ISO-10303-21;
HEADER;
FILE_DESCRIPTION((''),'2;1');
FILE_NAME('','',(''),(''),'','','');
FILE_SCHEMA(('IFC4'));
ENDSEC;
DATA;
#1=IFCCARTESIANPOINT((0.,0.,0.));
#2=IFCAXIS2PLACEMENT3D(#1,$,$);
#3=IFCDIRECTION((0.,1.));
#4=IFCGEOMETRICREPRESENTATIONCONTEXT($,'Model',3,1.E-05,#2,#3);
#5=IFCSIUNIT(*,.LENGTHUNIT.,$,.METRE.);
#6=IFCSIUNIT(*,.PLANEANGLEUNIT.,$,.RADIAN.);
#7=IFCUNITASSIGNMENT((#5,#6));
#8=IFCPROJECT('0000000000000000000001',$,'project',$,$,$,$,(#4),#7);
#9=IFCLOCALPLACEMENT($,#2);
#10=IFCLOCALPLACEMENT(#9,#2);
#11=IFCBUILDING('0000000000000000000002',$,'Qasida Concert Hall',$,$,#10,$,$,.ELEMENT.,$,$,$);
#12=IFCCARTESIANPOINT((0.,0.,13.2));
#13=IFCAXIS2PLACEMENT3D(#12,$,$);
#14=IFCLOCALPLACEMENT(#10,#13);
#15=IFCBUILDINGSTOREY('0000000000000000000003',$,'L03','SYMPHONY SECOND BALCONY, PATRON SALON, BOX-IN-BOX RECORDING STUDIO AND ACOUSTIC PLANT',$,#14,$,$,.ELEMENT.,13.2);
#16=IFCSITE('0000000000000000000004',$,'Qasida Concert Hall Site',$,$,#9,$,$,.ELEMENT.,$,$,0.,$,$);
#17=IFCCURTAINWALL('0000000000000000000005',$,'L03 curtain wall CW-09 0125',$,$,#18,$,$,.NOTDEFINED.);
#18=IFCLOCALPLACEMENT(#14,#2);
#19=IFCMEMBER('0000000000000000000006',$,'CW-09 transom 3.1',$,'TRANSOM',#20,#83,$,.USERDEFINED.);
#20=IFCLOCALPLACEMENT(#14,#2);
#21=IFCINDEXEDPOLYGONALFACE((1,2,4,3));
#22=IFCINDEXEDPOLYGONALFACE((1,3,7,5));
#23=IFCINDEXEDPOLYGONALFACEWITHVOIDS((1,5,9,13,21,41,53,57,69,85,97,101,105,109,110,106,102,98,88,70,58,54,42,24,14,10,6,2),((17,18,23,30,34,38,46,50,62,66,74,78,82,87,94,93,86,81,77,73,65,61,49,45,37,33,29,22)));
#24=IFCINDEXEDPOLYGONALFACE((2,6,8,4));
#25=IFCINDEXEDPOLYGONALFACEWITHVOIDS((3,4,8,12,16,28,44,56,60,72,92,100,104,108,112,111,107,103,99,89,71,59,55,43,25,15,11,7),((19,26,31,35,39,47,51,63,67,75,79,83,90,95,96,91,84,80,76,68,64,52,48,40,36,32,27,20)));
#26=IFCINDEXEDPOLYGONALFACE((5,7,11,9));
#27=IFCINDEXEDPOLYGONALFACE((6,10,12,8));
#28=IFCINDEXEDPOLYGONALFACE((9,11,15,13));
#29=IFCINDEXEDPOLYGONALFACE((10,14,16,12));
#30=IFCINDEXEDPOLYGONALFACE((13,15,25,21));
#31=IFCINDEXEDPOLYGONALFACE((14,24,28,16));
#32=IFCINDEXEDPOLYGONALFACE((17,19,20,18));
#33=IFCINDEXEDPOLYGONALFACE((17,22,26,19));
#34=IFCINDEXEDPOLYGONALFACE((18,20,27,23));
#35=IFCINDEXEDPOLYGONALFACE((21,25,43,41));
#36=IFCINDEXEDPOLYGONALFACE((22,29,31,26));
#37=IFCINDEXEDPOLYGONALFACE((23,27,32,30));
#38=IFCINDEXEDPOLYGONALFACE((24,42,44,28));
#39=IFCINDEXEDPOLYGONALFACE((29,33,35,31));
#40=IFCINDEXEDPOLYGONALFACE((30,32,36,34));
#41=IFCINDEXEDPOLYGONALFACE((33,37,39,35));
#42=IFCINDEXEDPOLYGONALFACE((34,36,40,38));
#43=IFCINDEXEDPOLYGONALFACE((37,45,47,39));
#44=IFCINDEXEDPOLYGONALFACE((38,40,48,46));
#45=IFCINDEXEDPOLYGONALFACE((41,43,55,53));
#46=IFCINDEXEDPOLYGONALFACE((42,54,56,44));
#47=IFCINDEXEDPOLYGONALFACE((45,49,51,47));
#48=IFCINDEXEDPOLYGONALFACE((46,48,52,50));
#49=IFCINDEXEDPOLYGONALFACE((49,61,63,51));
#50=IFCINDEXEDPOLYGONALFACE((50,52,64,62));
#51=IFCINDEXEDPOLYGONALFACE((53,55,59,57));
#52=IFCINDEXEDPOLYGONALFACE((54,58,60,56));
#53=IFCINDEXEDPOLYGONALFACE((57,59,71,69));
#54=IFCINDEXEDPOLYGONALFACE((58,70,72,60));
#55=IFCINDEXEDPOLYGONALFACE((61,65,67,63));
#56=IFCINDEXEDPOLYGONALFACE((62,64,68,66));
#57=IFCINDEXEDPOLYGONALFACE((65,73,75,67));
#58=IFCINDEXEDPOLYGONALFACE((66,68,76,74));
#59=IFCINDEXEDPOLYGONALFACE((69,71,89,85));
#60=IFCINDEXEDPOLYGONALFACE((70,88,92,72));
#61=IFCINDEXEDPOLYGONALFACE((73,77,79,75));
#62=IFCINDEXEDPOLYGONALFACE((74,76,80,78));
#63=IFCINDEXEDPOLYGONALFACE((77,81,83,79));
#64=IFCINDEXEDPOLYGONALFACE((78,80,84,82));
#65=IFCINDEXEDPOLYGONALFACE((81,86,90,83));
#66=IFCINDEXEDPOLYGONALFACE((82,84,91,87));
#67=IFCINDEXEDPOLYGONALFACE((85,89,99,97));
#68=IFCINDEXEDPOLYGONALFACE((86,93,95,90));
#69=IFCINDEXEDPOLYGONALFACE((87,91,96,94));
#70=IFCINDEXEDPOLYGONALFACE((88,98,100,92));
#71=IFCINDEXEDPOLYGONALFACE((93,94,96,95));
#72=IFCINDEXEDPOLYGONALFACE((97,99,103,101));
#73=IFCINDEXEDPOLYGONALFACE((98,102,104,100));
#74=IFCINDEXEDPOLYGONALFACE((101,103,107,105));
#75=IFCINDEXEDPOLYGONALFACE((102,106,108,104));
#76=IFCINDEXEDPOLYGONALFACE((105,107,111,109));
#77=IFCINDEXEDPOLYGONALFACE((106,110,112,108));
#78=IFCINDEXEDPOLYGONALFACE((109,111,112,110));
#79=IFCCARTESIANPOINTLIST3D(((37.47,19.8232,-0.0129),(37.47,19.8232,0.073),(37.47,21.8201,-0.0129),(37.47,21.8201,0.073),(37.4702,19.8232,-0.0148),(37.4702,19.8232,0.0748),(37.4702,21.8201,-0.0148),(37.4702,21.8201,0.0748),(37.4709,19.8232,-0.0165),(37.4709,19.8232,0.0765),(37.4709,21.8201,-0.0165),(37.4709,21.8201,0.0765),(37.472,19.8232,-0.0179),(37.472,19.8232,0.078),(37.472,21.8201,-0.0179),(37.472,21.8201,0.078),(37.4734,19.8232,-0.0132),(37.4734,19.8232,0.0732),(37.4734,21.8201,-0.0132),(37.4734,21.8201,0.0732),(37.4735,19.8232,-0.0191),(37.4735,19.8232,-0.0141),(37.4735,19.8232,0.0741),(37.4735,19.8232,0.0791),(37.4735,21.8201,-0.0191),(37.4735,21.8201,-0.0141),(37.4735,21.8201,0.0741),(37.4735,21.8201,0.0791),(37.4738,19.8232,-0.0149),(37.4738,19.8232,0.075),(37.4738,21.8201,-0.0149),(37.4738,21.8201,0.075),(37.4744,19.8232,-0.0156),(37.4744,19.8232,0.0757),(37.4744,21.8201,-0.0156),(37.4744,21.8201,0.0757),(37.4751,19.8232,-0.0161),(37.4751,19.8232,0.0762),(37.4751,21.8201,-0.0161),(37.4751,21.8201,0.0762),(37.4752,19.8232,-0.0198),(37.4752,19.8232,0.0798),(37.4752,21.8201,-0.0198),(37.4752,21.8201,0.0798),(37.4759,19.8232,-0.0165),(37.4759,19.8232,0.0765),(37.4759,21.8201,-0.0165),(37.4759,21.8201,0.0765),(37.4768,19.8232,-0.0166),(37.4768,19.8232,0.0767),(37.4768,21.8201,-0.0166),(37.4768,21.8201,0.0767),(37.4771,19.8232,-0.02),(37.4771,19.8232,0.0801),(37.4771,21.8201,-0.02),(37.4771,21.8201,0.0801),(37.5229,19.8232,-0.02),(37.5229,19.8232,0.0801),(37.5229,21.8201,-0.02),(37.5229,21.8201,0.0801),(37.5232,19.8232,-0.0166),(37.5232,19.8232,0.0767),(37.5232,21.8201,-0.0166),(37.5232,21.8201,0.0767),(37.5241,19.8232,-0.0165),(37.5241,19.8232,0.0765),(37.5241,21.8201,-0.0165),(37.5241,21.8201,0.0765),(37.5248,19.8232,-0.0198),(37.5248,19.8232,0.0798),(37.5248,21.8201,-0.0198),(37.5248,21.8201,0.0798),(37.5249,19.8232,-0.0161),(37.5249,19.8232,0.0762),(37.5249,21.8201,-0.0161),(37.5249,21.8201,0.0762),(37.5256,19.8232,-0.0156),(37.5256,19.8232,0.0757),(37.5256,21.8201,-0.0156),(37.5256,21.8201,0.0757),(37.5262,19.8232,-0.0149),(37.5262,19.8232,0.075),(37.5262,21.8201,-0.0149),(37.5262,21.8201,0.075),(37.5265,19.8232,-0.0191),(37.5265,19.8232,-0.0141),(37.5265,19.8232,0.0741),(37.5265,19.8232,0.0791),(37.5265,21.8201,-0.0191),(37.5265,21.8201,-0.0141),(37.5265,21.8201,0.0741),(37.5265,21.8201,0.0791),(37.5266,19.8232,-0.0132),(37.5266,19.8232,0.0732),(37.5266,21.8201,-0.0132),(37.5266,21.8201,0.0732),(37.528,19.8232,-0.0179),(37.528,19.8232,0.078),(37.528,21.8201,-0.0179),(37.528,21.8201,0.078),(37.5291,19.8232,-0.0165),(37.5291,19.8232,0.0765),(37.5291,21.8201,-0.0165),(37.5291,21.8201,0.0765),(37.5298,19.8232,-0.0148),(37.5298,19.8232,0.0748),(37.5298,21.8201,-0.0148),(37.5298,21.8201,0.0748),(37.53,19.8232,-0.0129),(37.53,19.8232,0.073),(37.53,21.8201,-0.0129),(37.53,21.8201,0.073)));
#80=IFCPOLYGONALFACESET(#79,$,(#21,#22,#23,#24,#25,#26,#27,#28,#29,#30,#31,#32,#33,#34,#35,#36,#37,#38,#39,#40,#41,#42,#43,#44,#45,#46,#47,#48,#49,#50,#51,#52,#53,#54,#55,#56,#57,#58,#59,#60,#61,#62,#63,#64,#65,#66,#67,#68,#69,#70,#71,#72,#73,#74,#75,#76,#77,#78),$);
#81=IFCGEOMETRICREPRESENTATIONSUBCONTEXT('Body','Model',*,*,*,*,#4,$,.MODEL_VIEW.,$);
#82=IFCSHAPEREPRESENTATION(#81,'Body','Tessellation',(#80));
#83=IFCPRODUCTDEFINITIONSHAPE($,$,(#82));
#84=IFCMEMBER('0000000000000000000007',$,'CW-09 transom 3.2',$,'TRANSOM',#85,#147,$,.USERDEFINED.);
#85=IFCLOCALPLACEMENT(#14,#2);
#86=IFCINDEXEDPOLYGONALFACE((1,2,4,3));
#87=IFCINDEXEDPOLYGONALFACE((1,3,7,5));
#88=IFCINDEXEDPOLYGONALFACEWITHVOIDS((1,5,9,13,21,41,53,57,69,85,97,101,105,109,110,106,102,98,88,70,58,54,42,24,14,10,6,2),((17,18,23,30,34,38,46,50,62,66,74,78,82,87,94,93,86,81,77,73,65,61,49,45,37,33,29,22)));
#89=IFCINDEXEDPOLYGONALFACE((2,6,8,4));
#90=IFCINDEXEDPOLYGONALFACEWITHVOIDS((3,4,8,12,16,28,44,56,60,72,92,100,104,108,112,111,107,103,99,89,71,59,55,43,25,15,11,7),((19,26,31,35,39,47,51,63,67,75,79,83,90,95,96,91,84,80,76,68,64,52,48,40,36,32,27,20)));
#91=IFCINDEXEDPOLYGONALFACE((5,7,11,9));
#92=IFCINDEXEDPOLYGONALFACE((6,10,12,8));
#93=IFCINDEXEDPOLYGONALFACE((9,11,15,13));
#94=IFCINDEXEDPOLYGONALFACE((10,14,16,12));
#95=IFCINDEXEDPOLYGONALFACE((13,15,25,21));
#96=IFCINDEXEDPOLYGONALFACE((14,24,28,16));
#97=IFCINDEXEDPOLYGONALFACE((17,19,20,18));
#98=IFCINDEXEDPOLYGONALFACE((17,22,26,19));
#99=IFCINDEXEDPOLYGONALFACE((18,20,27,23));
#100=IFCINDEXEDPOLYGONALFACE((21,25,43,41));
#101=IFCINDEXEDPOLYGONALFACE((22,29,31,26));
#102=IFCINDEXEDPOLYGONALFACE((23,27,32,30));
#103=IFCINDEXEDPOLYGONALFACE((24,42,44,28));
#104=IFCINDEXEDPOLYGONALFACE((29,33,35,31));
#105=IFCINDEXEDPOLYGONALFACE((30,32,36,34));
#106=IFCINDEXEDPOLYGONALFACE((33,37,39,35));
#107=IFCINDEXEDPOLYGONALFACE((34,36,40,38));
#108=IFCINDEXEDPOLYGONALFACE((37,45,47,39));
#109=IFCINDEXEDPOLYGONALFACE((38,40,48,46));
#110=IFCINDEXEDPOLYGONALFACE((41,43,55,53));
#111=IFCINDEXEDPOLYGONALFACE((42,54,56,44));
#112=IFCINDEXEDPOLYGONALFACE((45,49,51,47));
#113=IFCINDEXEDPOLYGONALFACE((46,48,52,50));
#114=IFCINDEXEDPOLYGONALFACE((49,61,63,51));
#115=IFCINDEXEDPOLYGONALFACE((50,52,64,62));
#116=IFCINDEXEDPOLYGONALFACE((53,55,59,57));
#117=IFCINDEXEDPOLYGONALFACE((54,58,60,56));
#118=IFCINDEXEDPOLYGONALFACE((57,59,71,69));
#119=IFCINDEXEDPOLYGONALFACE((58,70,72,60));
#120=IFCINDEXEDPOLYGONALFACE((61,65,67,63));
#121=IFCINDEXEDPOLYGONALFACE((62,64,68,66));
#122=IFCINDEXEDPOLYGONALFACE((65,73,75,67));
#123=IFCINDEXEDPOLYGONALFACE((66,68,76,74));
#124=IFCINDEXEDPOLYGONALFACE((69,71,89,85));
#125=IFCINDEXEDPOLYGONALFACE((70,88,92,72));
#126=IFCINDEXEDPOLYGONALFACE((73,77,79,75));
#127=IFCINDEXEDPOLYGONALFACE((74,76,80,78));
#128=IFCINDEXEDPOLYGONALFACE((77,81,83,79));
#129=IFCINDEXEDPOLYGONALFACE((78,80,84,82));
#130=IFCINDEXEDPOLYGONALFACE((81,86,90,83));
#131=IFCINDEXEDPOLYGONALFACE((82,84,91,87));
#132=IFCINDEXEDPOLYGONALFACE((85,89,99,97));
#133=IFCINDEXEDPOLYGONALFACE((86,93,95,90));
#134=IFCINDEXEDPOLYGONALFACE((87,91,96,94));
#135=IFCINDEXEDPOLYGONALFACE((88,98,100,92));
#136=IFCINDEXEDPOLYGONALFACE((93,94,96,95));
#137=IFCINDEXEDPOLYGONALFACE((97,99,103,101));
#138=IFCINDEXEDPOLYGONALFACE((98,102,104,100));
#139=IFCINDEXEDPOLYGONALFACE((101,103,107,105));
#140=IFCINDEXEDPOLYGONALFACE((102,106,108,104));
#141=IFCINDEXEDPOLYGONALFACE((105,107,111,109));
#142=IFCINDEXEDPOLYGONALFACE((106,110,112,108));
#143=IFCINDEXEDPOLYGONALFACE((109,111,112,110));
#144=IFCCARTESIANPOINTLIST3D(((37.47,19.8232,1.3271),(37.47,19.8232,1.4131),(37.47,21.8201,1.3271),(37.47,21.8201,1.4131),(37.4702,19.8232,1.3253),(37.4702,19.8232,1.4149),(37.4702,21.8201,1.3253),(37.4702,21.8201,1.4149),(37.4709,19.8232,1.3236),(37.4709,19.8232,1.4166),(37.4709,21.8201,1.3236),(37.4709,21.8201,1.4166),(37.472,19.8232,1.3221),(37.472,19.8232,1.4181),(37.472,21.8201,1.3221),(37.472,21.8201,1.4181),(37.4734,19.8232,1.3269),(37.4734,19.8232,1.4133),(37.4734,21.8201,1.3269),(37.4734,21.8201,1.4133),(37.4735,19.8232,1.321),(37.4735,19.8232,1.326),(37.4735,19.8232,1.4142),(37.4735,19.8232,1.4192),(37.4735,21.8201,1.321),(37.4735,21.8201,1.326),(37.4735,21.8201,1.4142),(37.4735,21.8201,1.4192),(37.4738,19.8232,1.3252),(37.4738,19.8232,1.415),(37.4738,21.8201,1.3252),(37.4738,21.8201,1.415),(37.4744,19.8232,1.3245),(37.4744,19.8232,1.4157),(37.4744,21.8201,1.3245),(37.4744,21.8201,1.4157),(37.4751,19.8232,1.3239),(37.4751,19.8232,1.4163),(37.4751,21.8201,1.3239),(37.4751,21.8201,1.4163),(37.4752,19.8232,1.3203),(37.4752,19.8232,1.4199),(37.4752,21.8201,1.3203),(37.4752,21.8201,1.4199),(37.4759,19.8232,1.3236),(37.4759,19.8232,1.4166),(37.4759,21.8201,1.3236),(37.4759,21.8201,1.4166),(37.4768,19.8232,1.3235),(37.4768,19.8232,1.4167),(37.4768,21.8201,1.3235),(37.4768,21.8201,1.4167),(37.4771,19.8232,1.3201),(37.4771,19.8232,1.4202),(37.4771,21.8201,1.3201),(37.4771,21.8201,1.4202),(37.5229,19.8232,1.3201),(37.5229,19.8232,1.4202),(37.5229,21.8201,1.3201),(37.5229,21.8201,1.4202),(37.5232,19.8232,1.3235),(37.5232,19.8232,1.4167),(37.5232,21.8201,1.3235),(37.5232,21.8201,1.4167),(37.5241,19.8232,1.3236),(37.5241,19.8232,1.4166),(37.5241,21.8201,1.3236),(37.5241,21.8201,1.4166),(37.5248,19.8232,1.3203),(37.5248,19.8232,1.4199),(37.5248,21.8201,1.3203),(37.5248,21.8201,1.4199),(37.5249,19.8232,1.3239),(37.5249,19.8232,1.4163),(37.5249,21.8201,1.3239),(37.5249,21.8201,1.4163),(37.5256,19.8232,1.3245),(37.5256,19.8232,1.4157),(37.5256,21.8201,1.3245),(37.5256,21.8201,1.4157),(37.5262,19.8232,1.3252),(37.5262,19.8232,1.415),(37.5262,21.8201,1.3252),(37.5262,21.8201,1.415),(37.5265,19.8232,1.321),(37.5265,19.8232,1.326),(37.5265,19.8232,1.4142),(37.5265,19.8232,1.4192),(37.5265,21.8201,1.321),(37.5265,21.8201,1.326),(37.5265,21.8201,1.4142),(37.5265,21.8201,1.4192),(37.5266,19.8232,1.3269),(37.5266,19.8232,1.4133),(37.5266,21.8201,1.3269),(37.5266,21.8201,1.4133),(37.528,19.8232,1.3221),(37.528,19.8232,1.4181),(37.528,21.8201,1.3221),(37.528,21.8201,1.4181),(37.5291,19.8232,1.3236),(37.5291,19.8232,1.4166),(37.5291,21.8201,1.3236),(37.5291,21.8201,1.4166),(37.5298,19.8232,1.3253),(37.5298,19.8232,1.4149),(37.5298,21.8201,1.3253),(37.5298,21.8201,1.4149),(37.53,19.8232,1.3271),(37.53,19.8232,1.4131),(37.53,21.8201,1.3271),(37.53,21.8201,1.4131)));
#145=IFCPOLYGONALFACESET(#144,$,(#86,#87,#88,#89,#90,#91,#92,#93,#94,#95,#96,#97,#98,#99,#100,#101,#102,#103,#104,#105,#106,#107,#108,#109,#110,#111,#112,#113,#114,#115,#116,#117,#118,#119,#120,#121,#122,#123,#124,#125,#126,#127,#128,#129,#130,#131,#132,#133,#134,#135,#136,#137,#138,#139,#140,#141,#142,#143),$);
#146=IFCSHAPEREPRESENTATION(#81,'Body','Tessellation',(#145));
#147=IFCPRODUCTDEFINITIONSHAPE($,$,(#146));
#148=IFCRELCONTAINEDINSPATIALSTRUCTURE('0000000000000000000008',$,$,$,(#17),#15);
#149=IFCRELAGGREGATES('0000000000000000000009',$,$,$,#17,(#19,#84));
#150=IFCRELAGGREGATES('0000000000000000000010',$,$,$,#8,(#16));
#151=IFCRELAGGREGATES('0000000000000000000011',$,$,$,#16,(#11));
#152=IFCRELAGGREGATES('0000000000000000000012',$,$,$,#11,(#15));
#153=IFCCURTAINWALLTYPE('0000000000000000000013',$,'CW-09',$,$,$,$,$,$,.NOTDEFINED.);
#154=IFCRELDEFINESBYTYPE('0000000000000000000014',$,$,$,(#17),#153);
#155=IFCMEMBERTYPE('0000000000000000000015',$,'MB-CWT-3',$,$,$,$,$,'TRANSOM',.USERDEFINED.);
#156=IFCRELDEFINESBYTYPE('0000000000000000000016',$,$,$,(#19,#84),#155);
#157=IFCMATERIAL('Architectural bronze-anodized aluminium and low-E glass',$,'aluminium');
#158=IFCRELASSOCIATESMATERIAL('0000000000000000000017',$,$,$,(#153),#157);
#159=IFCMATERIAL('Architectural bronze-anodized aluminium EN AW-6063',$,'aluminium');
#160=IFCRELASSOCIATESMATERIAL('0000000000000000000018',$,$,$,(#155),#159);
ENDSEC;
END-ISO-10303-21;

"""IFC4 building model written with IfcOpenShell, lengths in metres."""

from ifc_helpers import new_model, si_unit, direction, frame, origin, origin_2d, place, context, subcontext, project, spatial, hollow_rectangle, extrude, material, material_profile, profile_set, type_object, element, aggregate, save


model = new_model("IFC4")

# Units and contexts
model_context = context("Model", 3, precision=1e-05, world=origin(), true_north=direction((0.0, 1.0)))
body_context = subcontext(model_context, "Body", "Model", "MODEL_VIEW")
ifc_project = project(units=[si_unit("LENGTHUNIT", "METRE"), si_unit("PLANEANGLEUNIT", "RADIAN")], contexts=[model_context])

# Site, building, storey
site_placement = place(None, origin())
site = spatial("IfcSite", under=ifc_project, at=site_placement, Name="Qasida Concert Hall Site", CompositionType="ELEMENT", RefElevation=0.0)
building_placement = place(site_placement, origin())
building = spatial("IfcBuilding", under=site, at=building_placement, Name="Qasida Concert Hall", CompositionType="ELEMENT")
storey_placement = place(building_placement, frame((0.0, 0.0, 13.2)))
storey = spatial("IfcBuildingStorey", under=building, at=storey_placement, Name="L03", Description="SYMPHONY SECOND BALCONY, PATRON SALON, BOX-IN-BOX RECORDING STUDIO AND ACOUSTIC PLANT", CompositionType="ELEMENT", Elevation=13.2)

# Curtain wall
ifc_material_1 = material(Name="Architectural bronze-anodized aluminium and low-E glass", Category="aluminium")
curtain_wall_type = type_object("IfcCurtainWallType", Name="CW-09", PredefinedType="NOTDEFINED", material=ifc_material_1)
curtain_wall_1_placement = place(storey_placement, origin())
curtain_wall_1 = element("IfcCurtainWall", 1, at=curtain_wall_1_placement, inside=storey, type_object=curtain_wall_type, Name="L03 curtain wall CW-09 0125", PredefinedType="NOTDEFINED")
ifc_material_2 = material(Name="Architectural bronze-anodized aluminium EN AW-6063", Category="aluminium")

# Members
ifc_material_profile_1 = material_profile(ifc_material_2, hollow_rectangle(XDim=0.0601, YDim=0.1001, WallThickness=0.0034, InnerFilletRadius=0.0034, OuterFilletRadius=0.0071, at=origin_2d()), Name="CWT 100x60x3.5")
ifc_profile_set_1 = profile_set([ifc_material_profile_1], Name="Architectural bronze-anodized aluminium EN AW-6063")
member_type_1 = type_object("IfcMemberType", Name="MB-CWT-3", ElementType="TRANSOM", PredefinedType="USERDEFINED", material=ifc_profile_set_1)
member_1_placement = place(storey_placement, frame((37.5, 19.8232, 0.03), z_axis=(0.0, 1.0, 0.0), x_axis=(-1.0, 0.0, 0.0)))
member_1 = element("IfcMember", 2, at=member_1_placement, type_object=member_type_1, Name="CW-09 transom 3.1", ObjectType="TRANSOM", PredefinedType="USERDEFINED", context=body_context, shape_type="SweptSolid", body=[
    extrude(hollow_rectangle(XDim=0.0601, YDim=0.1001, WallThickness=0.0034, InnerFilletRadius=0.0034, OuterFilletRadius=0.0071, at=origin_2d()), origin(), (0.0, 0.0, 1.0), 1.9968),
])
member_2_placement = place(storey_placement, frame((37.5, 19.8232, 1.3701), z_axis=(0.0, 1.0, 0.0), x_axis=(-1.0, 0.0, 0.0)))
member_2 = element("IfcMember", 3, at=member_2_placement, type_object=member_type_1, Name="CW-09 transom 3.2", ObjectType="TRANSOM", PredefinedType="USERDEFINED", context=body_context, shape_type="SweptSolid", body=[
    extrude(hollow_rectangle(XDim=0.0601, YDim=0.1001, WallThickness=0.0034, InnerFilletRadius=0.0034, OuterFilletRadius=0.0071, at=origin_2d()), origin(), (0.0, 0.0, 1.0), 1.9968),
])

aggregate(curtain_wall_1, [member_1, member_2])

save(model, "model.ifc")
